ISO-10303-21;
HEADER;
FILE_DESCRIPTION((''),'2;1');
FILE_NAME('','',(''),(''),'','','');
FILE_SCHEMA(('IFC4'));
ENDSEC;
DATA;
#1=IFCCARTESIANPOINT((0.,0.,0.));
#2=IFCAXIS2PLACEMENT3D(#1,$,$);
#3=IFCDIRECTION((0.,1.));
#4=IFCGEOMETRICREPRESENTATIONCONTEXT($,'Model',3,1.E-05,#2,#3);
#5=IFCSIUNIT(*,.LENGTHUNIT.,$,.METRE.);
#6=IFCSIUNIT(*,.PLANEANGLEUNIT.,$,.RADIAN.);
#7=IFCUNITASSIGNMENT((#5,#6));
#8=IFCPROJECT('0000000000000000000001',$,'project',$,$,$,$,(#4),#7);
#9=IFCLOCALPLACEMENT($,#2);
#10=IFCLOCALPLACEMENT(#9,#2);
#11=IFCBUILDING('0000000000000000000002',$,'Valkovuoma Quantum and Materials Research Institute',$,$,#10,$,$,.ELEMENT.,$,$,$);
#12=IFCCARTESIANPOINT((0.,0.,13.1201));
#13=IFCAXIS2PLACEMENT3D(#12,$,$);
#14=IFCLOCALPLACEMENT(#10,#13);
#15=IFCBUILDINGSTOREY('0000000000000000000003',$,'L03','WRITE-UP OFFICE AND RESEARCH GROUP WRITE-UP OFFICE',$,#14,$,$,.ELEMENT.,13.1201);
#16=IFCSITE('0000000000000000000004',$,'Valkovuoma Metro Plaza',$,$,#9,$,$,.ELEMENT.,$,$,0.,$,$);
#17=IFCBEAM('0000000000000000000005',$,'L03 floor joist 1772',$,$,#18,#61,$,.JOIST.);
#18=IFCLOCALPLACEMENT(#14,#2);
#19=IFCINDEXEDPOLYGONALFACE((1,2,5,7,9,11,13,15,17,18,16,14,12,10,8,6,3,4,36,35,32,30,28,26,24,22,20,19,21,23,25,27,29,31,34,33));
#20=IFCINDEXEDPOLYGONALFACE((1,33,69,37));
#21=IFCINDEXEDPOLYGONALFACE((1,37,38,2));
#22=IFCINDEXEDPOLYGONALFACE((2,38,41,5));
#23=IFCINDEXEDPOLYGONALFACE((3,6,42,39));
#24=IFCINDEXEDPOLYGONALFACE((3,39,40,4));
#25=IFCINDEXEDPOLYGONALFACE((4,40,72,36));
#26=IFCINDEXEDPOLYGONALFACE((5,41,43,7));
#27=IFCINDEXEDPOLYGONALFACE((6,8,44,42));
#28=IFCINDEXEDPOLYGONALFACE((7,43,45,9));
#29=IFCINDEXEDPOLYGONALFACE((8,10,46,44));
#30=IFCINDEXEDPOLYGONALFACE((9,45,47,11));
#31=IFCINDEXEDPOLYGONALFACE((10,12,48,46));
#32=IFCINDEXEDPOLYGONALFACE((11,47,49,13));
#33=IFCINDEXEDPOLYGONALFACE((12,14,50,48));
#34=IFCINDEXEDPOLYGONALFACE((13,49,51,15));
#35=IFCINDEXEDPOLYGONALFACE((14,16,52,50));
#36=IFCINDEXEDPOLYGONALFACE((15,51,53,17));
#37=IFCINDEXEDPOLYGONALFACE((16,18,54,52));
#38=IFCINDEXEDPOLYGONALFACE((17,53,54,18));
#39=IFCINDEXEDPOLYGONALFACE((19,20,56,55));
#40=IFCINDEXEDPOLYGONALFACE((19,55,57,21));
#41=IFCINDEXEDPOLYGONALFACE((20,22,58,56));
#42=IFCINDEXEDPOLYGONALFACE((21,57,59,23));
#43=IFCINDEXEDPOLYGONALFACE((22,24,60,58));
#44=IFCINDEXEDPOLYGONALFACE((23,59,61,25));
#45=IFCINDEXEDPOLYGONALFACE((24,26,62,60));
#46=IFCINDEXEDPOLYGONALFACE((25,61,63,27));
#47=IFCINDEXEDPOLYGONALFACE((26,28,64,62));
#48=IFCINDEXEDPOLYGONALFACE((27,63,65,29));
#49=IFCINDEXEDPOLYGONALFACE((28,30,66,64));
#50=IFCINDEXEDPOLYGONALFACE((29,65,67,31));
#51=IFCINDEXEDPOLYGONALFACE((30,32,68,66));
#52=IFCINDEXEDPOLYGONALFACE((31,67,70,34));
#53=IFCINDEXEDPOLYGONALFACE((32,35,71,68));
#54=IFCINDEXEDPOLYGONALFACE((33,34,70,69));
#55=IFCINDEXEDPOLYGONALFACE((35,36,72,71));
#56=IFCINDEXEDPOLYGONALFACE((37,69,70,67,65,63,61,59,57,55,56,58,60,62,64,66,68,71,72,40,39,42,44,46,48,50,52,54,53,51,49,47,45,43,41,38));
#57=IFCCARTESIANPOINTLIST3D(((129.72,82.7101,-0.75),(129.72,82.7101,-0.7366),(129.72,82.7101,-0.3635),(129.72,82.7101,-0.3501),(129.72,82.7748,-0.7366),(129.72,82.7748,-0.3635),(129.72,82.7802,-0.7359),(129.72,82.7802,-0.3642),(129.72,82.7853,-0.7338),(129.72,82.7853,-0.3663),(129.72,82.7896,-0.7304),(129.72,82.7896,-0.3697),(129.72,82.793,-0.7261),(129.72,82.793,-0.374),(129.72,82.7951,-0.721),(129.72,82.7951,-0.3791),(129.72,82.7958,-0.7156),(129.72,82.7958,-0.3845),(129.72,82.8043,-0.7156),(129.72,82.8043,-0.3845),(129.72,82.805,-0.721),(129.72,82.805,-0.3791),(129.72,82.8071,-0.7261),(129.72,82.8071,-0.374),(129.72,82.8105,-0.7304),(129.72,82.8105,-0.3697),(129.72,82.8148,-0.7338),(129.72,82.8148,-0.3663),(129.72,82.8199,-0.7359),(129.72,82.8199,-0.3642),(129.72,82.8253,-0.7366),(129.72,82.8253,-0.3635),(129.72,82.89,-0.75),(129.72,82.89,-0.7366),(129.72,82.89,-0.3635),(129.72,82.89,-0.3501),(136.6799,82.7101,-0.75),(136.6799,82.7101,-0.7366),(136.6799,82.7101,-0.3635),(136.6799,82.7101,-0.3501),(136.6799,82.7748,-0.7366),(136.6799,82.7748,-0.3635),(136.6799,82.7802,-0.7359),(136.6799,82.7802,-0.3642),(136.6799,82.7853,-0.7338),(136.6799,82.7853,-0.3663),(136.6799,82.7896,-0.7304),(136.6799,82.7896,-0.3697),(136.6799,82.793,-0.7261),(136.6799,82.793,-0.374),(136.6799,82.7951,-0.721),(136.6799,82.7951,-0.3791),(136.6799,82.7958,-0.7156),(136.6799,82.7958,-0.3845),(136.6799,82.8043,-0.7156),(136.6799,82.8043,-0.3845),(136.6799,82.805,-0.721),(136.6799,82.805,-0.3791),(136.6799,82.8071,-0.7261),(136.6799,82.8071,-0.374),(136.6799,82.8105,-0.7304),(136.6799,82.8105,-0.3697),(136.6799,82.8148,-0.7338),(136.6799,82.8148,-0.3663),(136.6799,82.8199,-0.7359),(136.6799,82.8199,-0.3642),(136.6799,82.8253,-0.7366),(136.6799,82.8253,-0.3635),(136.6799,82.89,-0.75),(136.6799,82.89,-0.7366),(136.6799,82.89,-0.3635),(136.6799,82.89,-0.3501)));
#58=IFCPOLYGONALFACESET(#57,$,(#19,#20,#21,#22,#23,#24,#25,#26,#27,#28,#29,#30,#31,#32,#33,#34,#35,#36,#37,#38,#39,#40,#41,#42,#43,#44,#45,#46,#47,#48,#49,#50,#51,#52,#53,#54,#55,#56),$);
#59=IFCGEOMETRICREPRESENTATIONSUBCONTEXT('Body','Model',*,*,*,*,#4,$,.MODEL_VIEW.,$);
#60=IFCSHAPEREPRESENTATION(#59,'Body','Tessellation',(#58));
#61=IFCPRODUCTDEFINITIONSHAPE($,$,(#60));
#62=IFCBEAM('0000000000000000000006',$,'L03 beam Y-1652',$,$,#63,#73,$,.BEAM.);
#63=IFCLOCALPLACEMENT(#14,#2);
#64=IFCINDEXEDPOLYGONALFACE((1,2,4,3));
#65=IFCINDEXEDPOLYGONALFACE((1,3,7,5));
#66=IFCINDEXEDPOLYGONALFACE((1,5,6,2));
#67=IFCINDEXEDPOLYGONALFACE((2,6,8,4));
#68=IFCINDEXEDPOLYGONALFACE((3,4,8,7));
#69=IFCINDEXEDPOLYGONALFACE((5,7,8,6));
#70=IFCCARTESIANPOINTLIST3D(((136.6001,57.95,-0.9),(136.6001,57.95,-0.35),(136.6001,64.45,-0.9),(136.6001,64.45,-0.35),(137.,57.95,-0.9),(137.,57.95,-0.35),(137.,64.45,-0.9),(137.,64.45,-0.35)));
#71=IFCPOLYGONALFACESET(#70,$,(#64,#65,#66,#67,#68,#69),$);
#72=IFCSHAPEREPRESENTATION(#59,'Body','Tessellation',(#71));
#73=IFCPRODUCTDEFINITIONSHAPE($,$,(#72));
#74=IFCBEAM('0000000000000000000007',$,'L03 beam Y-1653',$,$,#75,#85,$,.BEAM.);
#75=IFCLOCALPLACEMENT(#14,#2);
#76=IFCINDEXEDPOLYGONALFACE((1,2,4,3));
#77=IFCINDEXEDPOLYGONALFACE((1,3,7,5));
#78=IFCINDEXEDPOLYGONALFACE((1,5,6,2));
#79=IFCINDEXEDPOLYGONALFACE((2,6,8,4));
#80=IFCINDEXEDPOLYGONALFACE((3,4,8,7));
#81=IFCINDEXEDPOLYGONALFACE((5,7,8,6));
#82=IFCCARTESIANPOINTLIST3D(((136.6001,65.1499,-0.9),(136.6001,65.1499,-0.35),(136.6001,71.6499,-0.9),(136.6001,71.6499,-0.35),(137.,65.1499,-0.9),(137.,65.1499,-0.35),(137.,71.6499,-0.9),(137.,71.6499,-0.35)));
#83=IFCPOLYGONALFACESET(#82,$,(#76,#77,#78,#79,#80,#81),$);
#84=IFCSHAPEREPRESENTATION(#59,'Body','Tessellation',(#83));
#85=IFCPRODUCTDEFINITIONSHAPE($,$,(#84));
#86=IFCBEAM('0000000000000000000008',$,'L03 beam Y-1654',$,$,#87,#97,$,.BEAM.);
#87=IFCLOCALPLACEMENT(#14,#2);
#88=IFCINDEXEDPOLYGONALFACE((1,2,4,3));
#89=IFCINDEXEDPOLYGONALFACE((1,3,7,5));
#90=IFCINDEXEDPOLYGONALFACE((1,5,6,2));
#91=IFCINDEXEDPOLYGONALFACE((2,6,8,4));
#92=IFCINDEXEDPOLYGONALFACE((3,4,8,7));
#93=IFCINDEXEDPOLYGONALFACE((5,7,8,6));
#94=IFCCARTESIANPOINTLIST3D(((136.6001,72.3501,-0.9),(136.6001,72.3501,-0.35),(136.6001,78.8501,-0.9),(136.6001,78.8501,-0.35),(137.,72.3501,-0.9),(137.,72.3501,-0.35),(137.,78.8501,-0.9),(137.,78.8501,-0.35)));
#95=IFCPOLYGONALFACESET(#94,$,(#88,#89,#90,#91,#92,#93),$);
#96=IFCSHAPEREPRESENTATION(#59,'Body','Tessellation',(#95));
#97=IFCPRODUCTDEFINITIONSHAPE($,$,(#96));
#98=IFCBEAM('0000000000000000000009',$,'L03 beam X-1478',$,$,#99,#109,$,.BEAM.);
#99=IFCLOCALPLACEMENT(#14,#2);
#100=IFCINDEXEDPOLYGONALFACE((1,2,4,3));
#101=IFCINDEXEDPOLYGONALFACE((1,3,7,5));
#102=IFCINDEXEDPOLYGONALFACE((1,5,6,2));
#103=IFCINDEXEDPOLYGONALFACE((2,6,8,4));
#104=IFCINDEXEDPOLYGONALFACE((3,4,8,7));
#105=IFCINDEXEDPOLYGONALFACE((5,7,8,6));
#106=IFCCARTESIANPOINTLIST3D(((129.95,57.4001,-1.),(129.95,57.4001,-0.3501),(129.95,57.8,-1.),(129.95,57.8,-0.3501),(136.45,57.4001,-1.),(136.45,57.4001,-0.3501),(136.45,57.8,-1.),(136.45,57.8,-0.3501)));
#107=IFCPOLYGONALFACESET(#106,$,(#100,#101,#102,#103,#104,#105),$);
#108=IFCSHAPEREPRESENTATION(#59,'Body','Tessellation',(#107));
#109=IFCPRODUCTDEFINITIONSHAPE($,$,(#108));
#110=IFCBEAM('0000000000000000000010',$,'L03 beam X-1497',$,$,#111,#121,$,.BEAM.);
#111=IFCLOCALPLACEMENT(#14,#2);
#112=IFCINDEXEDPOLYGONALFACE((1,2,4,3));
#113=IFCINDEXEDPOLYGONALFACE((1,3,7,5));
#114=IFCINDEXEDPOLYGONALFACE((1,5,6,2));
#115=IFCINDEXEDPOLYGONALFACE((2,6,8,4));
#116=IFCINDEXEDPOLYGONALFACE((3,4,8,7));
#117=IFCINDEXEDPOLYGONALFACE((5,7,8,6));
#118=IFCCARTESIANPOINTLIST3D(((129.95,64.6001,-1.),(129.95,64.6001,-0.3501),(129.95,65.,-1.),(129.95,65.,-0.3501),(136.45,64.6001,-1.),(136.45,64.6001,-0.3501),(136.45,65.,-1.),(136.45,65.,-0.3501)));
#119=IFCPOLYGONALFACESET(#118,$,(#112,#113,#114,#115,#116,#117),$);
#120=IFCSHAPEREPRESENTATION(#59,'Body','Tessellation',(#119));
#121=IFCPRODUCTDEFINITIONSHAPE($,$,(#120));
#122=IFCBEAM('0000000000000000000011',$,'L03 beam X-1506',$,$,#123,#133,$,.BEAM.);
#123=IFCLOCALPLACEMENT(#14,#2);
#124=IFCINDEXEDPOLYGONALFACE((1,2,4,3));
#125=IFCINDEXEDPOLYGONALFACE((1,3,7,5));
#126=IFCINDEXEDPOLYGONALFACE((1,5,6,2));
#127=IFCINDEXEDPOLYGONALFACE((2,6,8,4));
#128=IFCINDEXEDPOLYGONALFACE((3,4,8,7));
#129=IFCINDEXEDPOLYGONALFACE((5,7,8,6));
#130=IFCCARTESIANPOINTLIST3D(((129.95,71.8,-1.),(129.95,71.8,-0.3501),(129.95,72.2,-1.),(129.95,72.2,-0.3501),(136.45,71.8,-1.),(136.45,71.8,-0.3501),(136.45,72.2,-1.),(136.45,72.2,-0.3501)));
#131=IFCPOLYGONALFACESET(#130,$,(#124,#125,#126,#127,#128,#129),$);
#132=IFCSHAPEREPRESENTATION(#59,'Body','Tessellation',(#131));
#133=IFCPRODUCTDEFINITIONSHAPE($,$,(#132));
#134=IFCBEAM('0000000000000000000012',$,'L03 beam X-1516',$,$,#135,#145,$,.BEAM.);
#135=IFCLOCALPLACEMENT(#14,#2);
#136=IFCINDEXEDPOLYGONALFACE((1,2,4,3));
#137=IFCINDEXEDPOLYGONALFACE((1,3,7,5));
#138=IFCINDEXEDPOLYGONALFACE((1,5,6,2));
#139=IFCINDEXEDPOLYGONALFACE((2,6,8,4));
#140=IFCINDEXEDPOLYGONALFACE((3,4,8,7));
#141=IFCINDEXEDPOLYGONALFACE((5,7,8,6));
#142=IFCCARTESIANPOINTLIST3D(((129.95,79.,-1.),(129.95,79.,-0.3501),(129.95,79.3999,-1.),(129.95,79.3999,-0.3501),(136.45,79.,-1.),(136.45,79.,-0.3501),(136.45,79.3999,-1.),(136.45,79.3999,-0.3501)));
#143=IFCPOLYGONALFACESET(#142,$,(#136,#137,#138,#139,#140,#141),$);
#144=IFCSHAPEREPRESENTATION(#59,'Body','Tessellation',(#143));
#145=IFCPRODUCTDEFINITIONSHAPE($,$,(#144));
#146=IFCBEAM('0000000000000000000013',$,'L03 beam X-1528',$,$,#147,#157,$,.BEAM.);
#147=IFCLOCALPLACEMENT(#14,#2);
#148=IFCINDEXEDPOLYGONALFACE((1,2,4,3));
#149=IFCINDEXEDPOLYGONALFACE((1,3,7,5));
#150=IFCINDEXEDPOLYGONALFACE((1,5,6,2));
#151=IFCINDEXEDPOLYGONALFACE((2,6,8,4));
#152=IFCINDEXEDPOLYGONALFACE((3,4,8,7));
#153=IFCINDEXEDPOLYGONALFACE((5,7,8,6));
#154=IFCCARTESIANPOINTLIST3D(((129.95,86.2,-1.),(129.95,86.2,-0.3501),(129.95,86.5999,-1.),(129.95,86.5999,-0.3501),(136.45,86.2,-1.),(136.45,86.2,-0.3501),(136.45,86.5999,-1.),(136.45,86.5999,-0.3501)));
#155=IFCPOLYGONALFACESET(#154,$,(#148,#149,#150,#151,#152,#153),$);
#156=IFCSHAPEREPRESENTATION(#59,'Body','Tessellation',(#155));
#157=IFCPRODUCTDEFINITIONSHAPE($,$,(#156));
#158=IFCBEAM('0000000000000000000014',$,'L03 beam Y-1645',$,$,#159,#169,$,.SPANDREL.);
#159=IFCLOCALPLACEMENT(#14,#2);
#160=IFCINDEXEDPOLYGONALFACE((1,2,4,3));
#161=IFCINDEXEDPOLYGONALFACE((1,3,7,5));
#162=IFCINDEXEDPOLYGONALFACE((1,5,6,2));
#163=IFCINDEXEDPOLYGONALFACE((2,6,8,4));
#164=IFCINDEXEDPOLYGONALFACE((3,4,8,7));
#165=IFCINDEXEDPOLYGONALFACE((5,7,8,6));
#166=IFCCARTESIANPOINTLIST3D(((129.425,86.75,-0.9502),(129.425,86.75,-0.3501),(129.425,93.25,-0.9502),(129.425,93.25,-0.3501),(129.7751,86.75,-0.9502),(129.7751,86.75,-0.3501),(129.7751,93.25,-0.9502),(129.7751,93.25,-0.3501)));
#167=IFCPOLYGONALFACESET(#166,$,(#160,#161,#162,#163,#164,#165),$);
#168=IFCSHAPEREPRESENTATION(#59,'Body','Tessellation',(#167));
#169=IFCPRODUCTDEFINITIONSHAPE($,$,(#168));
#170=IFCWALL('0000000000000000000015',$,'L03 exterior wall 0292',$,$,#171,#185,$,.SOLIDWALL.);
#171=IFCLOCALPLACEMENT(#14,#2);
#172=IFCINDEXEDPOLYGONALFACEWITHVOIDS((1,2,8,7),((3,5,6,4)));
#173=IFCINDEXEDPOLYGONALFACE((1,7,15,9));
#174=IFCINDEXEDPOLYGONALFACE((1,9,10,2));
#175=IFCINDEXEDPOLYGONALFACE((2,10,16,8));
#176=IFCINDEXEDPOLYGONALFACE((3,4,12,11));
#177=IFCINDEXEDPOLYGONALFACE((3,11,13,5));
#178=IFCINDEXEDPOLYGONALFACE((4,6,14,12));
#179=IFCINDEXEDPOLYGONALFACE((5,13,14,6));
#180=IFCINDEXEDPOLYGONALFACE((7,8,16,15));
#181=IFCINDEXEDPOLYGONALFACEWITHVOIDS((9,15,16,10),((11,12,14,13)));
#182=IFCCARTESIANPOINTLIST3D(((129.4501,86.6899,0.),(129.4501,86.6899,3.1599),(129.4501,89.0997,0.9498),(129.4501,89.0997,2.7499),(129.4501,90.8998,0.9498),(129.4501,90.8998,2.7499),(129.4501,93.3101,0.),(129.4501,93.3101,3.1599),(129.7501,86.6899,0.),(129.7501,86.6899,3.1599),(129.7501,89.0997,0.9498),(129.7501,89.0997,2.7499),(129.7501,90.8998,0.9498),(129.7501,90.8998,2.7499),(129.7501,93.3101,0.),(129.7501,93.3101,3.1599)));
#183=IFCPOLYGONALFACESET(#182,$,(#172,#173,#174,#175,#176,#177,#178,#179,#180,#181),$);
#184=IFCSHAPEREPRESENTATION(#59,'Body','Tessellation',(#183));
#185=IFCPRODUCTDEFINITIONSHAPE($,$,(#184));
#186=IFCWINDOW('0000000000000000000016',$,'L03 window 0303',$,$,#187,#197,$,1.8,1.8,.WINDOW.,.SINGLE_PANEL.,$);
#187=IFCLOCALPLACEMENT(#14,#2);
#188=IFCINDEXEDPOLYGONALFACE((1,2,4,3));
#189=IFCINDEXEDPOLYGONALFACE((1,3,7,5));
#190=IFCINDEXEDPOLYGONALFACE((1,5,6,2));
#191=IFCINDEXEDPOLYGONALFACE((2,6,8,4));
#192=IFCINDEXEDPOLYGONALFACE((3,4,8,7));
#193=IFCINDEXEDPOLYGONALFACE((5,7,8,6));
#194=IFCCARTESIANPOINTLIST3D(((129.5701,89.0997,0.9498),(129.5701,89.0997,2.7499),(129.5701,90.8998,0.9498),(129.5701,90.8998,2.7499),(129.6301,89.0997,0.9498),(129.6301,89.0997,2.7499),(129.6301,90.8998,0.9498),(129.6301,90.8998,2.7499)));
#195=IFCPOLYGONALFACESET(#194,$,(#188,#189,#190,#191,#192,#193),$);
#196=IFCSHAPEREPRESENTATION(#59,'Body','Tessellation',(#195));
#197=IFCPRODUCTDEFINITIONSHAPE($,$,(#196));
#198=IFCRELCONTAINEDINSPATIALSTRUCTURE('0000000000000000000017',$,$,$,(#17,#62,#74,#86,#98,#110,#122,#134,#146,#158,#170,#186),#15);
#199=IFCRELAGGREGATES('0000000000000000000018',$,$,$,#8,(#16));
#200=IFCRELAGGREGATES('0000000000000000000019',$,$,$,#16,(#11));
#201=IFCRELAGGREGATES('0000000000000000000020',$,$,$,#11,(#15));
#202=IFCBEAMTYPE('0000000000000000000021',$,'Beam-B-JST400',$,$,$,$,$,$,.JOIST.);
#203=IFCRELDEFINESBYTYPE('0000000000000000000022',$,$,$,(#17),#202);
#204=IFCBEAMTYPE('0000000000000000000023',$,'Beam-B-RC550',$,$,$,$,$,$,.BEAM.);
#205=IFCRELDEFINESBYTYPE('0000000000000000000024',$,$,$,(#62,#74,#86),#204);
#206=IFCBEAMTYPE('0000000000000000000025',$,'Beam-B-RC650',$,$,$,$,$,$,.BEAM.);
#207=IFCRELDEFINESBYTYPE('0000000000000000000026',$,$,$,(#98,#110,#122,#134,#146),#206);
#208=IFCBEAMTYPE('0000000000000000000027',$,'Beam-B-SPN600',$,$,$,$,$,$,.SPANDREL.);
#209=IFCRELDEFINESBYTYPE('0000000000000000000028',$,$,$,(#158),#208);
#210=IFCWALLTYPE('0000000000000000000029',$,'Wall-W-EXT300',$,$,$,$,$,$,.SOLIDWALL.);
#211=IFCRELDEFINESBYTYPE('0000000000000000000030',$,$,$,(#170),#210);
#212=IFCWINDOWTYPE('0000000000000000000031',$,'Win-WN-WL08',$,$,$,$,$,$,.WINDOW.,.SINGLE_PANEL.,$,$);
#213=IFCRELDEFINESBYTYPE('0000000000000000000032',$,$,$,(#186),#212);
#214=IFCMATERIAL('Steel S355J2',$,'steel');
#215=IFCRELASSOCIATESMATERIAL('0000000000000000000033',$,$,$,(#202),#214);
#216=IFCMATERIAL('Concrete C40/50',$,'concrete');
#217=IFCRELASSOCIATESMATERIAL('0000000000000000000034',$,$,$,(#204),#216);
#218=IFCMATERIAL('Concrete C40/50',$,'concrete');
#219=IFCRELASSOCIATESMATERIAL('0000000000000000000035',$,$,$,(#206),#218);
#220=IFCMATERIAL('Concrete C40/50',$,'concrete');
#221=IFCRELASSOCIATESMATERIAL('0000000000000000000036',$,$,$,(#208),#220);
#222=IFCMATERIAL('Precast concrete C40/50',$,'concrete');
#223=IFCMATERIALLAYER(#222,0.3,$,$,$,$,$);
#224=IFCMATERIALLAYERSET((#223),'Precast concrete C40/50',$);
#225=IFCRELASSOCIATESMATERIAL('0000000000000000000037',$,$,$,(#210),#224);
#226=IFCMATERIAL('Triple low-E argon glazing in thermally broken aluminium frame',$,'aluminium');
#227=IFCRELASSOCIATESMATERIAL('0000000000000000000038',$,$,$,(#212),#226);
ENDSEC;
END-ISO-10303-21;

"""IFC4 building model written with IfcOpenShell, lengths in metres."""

from ifc_helpers import new_model, si_unit, direction, frame, frame_2d, origin, origin_2d, place, context, subcontext, project, spatial, rectangle, i_section, extrude, material, layer, layer_set, material_profile, profile_set, type_object, element, fill, save


model = new_model("IFC4")

# Units and contexts
model_context = context("Model", 3, precision=1e-05, world=origin(), true_north=direction((0.0, 1.0)))
body_context = subcontext(model_context, "Body", "Model", "MODEL_VIEW")
ifc_project = project(units=[si_unit("LENGTHUNIT", "METRE"), si_unit("PLANEANGLEUNIT", "RADIAN")], contexts=[model_context])

# Site, building, storey
site_placement = place(None, origin())
site = spatial("IfcSite", under=ifc_project, at=site_placement, Name="Valkovuoma Metro Plaza", CompositionType="ELEMENT", RefElevation=0.0)
building_placement = place(site_placement, origin())
building = spatial("IfcBuilding", under=site, at=building_placement, Name="Valkovuoma Quantum and Materials Research Institute", CompositionType="ELEMENT")
storey_placement = place(building_placement, frame((0.0, 0.0, 13.1201)))
storey = spatial("IfcBuildingStorey", under=building, at=storey_placement, Name="L03", Description="WRITE-UP OFFICE AND RESEARCH GROUP WRITE-UP OFFICE", CompositionType="ELEMENT", Elevation=13.1201)

# Beams
ifc_material_1 = material(Name="Steel S355J2", Category="steel")
ifc_material_profile_1 = material_profile(ifc_material_1, i_section(OverallWidth=0.1799, OverallDepth=0.3999, WebThickness=0.0085, FlangeThickness=0.0134, FilletRadius=0.021, at=origin_2d()), Name="Steel S355J2")
ifc_profile_set_1 = profile_set([ifc_material_profile_1], Name="Steel S355J2")
beam_type_1 = type_object("IfcBeamType", Name="Beam-B-JST400", PredefinedType="JOIST", material=ifc_profile_set_1)
for number, where, z_axis, x_axis, name in (
    (1, (129.72, 82.8, -0.55), (1.0, 0.0, 0.0), (0.0, 1.0, 0.0), "L03 floor joist 1772"),
):
    element("IfcBeam", number, at=place(storey_placement, frame(where, z_axis=z_axis, x_axis=x_axis)), inside=storey, type_object=beam_type_1, Name=name, PredefinedType="JOIST", context=body_context, shape_type="SweptSolid", body=[
        extrude(i_section(OverallWidth=0.1799, OverallDepth=0.3999, WebThickness=0.0085, FlangeThickness=0.0134, FilletRadius=0.021, at=origin_2d()), origin(), (0.0, 0.0, 1.0), 6.96),
    ])
ifc_material_2 = material(Name="Concrete C40/50", Category="concrete")
ifc_material_profile_2 = material_profile(ifc_material_2, rectangle(XDim=0.3999, YDim=0.55, at=origin_2d()), Name="Concrete C40/50")
ifc_profile_set_2 = profile_set([ifc_material_profile_2], Name="Concrete C40/50")
beam_type_2 = type_object("IfcBeamType", Name="Beam-B-RC550", PredefinedType="BEAM", material=ifc_profile_set_2)
for number, where, z_axis, x_axis, name in (
    (2, (136.8, 57.95, -0.625), (0.0, 1.0, 0.0), (-1.0, 0.0, 0.0), "L03 beam Y-1652"),
    (3, (136.8, 65.1499, -0.625), (0.0, 1.0, 0.0), (-1.0, 0.0, 0.0), "L03 beam Y-1653"),
    (4, (136.8, 72.3501, -0.625), (0.0, 1.0, 0.0), (-1.0, 0.0, 0.0), "L03 beam Y-1654"),
):
    element("IfcBeam", number, at=place(storey_placement, frame(where, z_axis=z_axis, x_axis=x_axis)), inside=storey, type_object=beam_type_2, Name=name, PredefinedType="BEAM", context=body_context, shape_type="SweptSolid", body=[
        extrude(rectangle(XDim=0.3999, YDim=0.55, at=origin_2d()), origin(), (0.0, 0.0, 1.0), 6.5),
    ])
ifc_material_3 = material(Name="Concrete C40/50", Category="concrete")
ifc_material_profile_3 = material_profile(ifc_material_3, rectangle(XDim=0.3999, YDim=0.6499, at=origin_2d()), Name="Concrete C40/50")
ifc_profile_set_3 = profile_set([ifc_material_profile_3], Name="Concrete C40/50")
beam_type_3 = type_object("IfcBeamType", Name="Beam-B-RC650", PredefinedType="BEAM", material=ifc_profile_set_3)
for number, where, z_axis, x_axis, name in (
    (5, (129.95, 57.6001, -0.675), (1.0, 0.0, 0.0), (0.0, 1.0, 0.0), "L03 beam X-1478"),
    (6, (129.95, 64.8, -0.675), (1.0, 0.0, 0.0), (0.0, 1.0, 0.0), "L03 beam X-1497"),
    (7, (129.95, 72.0, -0.675), (1.0, 0.0, 0.0), (0.0, 1.0, 0.0), "L03 beam X-1506"),
    (8, (129.95, 79.2, -0.675), (1.0, 0.0, 0.0), (0.0, 1.0, 0.0), "L03 beam X-1516"),
    (9, (129.95, 86.3999, -0.675), (1.0, 0.0, 0.0), (0.0, 1.0, 0.0), "L03 beam X-1528"),
):
    element("IfcBeam", number, at=place(storey_placement, frame(where, z_axis=z_axis, x_axis=x_axis)), inside=storey, type_object=beam_type_3, Name=name, PredefinedType="BEAM", context=body_context, shape_type="SweptSolid", body=[
        extrude(rectangle(XDim=0.3999, YDim=0.6499, at=origin_2d()), origin(), (0.0, 0.0, 1.0), 6.5),
    ])
ifc_material_4 = material(Name="Concrete C40/50", Category="concrete")
ifc_material_profile_4 = material_profile(ifc_material_4, rectangle(XDim=0.3501, YDim=0.6001, at=origin_2d()), Name="Concrete C40/50")
ifc_profile_set_4 = profile_set([ifc_material_profile_4], Name="Concrete C40/50")
beam_type_4 = type_object("IfcBeamType", Name="Beam-B-SPN600", PredefinedType="SPANDREL", material=ifc_profile_set_4)
beam_placement = place(storey_placement, frame((129.6001, 86.75, -0.6501), z_axis=(0.0, 1.0, 0.0), x_axis=(-1.0, 0.0, 0.0)))
element("IfcBeam", 10, at=beam_placement, inside=storey, type_object=beam_type_4, Name="L03 beam Y-1645", PredefinedType="SPANDREL", context=body_context, shape_type="SweptSolid", body=[
    extrude(rectangle(XDim=0.3501, YDim=0.6001, at=origin_2d()), origin(), (0.0, 0.0, 1.0), 6.5),
])

# Wall, opening, window
ifc_material_5 = material(Name="Precast concrete C40/50", Category="concrete")
ifc_layer = layer(ifc_material_5, 0.3)
ifc_layer_set = layer_set([ifc_layer], Name="Precast concrete C40/50")
wall_type = type_object("IfcWallType", Name="Wall-W-EXT300", PredefinedType="SOLIDWALL", material=ifc_layer_set)
wall_placement = place(storey_placement, frame((129.6001, 86.6899, 0.0), z_axis=(0.0, 0.0, 1.0), x_axis=(0.0, 1.0, 0.0)))
wall = element("IfcWall", 11, at=wall_placement, inside=storey, type_object=wall_type, Name="L03 exterior wall 0292", PredefinedType="SOLIDWALL", context=body_context, shape_type="SweptSolid", body=[
    extrude(rectangle(XDim=6.6201, YDim=0.3, at=frame_2d((3.3101, 0.0))), origin(), (0.0, 0.0, 1.0), 3.1599),
])
opening_placement = place(wall_placement, frame((2.4099, 0.0, 0.95)))
opening = element("IfcOpeningElement", 12, at=opening_placement, cuts=wall, PredefinedType="OPENING", context=body_context, shape_type="SweptSolid", body=[
    extrude(rectangle(XDim=1.8, YDim=1.8, at=frame_2d((0.8999, 0.8999))), frame((0.0, 0.1602, 0.0), z_axis=(0.0, -1.0, 0.0), x_axis=(1.0, 0.0, 0.0)), (0.0, 0.0, 1.0), 0.3201),
])
ifc_material_6 = material(Name="Triple low-E argon glazing in thermally broken aluminium frame", Category="aluminium")
window_type = type_object("IfcWindowType", Name="Win-WN-WL08", PartitioningType="SINGLE_PANEL", PredefinedType="WINDOW", material=ifc_material_6)
window_placement = place(opening_placement, origin())
window = element("IfcWindow", 13, at=window_placement, inside=storey, type_object=window_type, Name="L03 window 0303", OverallHeight=1.8, OverallWidth=1.8, PartitioningType="SINGLE_PANEL", PredefinedType="WINDOW", context=body_context, shape_type="SweptSolid", body=[
    extrude(rectangle(XDim=1.8, YDim=1.8, at=frame_2d((0.8999, 0.8999))), frame((0.0, 0.03, 0.0), z_axis=(0.0, -1.0, 0.0), x_axis=(1.0, 0.0, 0.0)), (0.0, 0.0, 1.0), 0.0601),
])
fill(opening, window)

save(model, "model.ifc")
